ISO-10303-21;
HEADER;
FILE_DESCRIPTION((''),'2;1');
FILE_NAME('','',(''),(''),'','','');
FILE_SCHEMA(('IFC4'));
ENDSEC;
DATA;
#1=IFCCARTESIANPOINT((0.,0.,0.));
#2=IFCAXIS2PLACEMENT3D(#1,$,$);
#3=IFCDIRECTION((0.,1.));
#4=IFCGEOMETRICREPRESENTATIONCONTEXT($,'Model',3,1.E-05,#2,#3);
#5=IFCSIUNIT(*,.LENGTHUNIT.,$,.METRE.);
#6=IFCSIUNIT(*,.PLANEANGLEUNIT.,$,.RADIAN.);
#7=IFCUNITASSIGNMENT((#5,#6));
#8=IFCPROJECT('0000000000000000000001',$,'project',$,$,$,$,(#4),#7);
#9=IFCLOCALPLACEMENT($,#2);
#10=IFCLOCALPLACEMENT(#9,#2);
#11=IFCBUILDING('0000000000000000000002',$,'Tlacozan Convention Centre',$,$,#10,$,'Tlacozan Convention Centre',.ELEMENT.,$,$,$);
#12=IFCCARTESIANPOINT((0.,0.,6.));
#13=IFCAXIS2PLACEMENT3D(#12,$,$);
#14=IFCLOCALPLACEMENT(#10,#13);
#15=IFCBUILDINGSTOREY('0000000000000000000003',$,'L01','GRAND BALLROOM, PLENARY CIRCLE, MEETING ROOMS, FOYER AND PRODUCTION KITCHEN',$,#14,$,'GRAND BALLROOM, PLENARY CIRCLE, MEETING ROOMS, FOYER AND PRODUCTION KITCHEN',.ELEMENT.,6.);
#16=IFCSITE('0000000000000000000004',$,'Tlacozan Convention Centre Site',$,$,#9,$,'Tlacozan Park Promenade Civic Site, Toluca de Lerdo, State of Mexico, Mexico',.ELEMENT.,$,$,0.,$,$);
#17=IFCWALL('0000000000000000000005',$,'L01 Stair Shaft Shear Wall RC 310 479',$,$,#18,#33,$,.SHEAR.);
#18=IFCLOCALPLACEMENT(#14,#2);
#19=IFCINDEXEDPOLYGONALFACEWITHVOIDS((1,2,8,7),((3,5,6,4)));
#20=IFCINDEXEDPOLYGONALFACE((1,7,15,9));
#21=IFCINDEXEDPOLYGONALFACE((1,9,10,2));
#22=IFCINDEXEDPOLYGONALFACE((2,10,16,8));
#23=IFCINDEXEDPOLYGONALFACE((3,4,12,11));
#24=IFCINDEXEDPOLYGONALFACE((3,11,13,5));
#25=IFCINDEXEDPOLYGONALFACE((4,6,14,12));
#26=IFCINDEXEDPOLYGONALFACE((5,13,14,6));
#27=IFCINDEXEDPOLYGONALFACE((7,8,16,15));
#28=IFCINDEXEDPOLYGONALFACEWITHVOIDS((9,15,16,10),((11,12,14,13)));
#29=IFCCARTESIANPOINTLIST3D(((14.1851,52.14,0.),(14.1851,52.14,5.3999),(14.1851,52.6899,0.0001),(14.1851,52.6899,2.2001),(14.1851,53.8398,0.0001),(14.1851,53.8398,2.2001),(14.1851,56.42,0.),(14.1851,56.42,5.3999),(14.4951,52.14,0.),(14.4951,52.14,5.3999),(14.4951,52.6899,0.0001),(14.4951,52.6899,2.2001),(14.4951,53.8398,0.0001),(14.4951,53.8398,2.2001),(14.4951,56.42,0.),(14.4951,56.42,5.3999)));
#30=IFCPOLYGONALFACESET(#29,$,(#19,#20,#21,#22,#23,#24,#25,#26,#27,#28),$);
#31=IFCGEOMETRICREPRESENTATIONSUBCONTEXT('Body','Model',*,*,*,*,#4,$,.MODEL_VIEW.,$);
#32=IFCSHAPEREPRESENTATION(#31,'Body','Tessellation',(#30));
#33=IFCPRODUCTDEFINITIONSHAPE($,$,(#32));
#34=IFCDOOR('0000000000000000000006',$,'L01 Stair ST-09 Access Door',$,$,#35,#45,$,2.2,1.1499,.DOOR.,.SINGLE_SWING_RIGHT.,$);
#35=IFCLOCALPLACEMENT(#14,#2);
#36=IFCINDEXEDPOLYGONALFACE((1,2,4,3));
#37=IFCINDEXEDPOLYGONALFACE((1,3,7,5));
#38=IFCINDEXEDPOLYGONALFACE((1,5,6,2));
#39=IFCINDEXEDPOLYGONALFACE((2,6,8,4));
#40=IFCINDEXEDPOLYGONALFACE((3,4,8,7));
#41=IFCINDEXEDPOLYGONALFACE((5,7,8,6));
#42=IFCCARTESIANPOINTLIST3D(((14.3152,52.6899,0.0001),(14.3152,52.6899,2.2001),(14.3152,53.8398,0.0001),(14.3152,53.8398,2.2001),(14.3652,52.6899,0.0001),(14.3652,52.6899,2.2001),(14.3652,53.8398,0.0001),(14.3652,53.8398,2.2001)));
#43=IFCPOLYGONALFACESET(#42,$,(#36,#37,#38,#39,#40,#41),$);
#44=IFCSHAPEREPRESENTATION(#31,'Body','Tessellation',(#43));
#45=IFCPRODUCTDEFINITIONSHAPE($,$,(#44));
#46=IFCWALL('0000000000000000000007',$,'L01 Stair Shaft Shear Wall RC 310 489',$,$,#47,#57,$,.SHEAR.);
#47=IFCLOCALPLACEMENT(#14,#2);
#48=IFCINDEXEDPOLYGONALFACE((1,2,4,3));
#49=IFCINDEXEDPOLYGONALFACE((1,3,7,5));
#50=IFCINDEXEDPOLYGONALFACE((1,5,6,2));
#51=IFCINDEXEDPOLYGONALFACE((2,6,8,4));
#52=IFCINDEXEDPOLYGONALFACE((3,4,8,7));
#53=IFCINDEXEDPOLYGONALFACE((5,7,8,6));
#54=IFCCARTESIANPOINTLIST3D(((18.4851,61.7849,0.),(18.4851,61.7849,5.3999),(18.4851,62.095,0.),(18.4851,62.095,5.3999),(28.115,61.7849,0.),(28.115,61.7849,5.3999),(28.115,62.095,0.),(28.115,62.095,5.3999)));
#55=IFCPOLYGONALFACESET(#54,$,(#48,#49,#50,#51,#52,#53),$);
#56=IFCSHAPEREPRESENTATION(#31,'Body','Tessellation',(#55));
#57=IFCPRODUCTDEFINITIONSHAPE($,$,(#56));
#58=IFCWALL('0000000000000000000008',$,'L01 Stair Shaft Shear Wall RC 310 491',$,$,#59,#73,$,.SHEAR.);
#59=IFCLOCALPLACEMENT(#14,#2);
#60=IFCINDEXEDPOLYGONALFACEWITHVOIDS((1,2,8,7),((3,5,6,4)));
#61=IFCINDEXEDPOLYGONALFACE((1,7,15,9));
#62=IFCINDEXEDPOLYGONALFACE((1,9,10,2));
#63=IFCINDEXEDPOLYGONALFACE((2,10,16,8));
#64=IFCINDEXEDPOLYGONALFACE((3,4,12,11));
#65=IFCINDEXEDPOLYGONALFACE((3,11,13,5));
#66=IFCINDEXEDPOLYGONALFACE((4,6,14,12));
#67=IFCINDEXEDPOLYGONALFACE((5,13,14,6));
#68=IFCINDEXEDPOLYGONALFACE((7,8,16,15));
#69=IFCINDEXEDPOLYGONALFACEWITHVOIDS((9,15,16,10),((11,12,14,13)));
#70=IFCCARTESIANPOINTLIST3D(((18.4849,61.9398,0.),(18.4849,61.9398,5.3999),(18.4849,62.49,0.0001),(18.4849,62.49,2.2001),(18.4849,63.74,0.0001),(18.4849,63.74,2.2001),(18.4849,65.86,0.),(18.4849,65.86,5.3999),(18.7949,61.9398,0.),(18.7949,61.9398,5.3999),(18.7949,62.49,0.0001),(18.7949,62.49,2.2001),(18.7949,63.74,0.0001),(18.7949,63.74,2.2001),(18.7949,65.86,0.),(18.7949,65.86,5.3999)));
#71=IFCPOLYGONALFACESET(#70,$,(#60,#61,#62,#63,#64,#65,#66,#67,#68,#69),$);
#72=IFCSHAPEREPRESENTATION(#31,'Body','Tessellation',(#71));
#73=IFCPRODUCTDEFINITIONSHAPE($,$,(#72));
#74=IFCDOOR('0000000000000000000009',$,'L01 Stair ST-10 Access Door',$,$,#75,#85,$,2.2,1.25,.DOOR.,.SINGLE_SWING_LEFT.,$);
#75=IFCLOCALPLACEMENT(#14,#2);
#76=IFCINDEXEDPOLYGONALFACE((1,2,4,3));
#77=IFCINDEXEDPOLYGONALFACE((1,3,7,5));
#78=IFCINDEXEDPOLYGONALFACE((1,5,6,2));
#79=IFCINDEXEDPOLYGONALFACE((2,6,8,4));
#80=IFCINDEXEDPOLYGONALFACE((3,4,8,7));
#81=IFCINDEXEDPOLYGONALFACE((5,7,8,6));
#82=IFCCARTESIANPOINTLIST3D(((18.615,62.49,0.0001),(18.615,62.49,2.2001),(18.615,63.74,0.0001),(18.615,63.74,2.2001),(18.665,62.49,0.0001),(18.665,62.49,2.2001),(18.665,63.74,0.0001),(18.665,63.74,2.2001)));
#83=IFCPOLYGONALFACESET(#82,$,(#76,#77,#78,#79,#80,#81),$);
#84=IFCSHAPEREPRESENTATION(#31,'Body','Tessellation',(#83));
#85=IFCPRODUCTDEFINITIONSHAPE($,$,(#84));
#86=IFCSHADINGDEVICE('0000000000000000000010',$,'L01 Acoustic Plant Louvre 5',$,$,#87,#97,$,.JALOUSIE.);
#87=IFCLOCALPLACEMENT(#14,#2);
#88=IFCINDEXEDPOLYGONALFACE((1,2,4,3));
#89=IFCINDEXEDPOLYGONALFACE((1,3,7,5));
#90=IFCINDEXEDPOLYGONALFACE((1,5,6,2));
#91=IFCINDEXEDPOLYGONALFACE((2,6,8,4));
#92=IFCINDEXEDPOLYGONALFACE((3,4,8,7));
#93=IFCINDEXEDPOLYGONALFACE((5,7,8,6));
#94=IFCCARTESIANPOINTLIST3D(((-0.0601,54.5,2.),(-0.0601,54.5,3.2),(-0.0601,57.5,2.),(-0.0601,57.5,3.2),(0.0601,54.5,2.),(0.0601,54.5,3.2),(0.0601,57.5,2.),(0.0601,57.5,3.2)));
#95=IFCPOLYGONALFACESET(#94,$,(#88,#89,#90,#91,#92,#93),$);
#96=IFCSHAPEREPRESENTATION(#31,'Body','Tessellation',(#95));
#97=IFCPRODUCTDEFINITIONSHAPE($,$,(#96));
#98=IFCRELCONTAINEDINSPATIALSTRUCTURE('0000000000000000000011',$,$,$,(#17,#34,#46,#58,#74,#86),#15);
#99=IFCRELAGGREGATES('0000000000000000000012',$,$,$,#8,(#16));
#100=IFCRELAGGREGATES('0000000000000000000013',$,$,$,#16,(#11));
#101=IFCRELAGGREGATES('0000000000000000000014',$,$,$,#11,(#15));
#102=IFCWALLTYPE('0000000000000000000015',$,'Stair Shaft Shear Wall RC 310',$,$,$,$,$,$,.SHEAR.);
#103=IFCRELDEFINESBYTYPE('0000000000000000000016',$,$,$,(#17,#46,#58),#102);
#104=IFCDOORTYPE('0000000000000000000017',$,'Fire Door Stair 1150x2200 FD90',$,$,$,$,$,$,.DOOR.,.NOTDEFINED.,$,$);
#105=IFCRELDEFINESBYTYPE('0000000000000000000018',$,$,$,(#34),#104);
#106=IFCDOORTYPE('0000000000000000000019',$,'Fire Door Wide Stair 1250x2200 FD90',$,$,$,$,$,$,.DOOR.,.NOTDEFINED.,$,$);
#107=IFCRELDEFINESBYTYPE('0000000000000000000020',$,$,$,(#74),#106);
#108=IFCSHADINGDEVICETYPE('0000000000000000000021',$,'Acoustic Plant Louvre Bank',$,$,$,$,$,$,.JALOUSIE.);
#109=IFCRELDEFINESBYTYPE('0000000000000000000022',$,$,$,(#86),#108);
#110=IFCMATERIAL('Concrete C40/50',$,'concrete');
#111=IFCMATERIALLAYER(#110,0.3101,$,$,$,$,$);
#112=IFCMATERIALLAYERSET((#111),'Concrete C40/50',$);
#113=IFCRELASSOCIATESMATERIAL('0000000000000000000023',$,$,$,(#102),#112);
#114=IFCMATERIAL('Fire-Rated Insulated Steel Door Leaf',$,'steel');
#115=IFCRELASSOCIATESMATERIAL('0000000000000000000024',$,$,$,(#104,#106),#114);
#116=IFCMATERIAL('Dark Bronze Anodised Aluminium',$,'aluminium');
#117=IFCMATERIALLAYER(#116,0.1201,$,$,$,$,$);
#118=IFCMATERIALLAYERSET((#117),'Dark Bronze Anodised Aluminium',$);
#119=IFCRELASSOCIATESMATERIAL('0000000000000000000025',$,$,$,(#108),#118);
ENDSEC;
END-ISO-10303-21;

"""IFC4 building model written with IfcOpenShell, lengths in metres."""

from ifc_helpers import new_model, si_unit, direction, frame, frame_2d, origin, origin_2d, place, context, subcontext, project, spatial, rectangle, extrude, material, layer, layer_set, type_object, element, fill, save


model = new_model("IFC4")

# Units and contexts
model_context = context("Model", 3, precision=1e-05, world=origin(), true_north=direction((0.0, 1.0)))
body_context = subcontext(model_context, "Body", "Model", "MODEL_VIEW")
ifc_project = project(units=[si_unit("LENGTHUNIT", "METRE"), si_unit("PLANEANGLEUNIT", "RADIAN")], contexts=[model_context])

# Site, building, storey
site_placement = place(None, origin())
site = spatial("IfcSite", under=ifc_project, at=site_placement, Name="Tlacozan Convention Centre Site", LongName="Tlacozan Park Promenade Civic Site, Toluca de Lerdo, State of Mexico, Mexico", CompositionType="ELEMENT", RefElevation=0.0)
building_placement = place(site_placement, origin())
building = spatial("IfcBuilding", under=site, at=building_placement, Name="Tlacozan Convention Centre", LongName="Tlacozan Convention Centre", CompositionType="ELEMENT")
storey_placement = place(building_placement, frame((0.0, 0.0, 6.0)))
storey = spatial("IfcBuildingStorey", under=building, at=storey_placement, Name="L01", Description="GRAND BALLROOM, PLENARY CIRCLE, MEETING ROOMS, FOYER AND PRODUCTION KITCHEN", LongName="GRAND BALLROOM, PLENARY CIRCLE, MEETING ROOMS, FOYER AND PRODUCTION KITCHEN", CompositionType="ELEMENT", Elevation=6.0)

# Shared definitions
ifc_material_1 = material(Name="Concrete C40/50", Category="concrete")
ifc_layer_1 = layer(ifc_material_1, 0.3101)
ifc_layer_set_1 = layer_set([ifc_layer_1], Name="Concrete C40/50")
wall_type = type_object("IfcWallType", Name="Stair Shaft Shear Wall RC 310", PredefinedType="SHEAR", material=ifc_layer_set_1)

# Wall, opening, door
wall_1_placement = place(storey_placement, frame((14.3401, 52.1399, 0.0), z_axis=(0.0, 0.0, 1.0), x_axis=(0.0, 1.0, 0.0)))
wall_1 = element("IfcWall", 1, at=wall_1_placement, inside=storey, type_object=wall_type, Name="L01 Stair Shaft Shear Wall RC 310 479", PredefinedType="SHEAR", context=body_context, shape_type="SweptSolid", body=[
    extrude(rectangle(XDim=4.28, YDim=0.3101, at=frame_2d((2.1401, 0.0))), origin(), (0.0, 0.0, 1.0), 5.3999),
])
opening_1_placement = place(wall_1_placement, frame((0.55, 0.0, 0.0)))
opening_1 = element("IfcOpeningElement", 2, at=opening_1_placement, cuts=wall_1, PredefinedType="OPENING", context=body_context, shape_type="SweptSolid", body=[
    extrude(rectangle(XDim=1.1499, YDim=2.2, at=frame_2d((0.575, 1.1001))), frame((0.0, 0.165, 0.0), z_axis=(0.0, -1.0, 0.0), x_axis=(1.0, 0.0, 0.0)), (0.0, 0.0, 1.0), 0.3301),
])
ifc_material_2 = material(Name="Fire-Rated Insulated Steel Door Leaf", Category="steel")
door_type_1 = type_object("IfcDoorType", Name="Fire Door Stair 1150x2200 FD90", OperationType="NOTDEFINED", PredefinedType="DOOR", material=ifc_material_2)
door_1_placement = place(opening_1_placement, origin())
door_1 = element("IfcDoor", 3, at=door_1_placement, inside=storey, type_object=door_type_1, Name="L01 Stair ST-09 Access Door", OperationType="SINGLE_SWING_RIGHT", OverallHeight=2.2, OverallWidth=1.1499, PredefinedType="DOOR", context=body_context, shape_type="SweptSolid", body=[
    extrude(rectangle(XDim=1.1499, YDim=2.2, at=frame_2d((0.575, 1.1001))), frame((0.0, 0.0249, 0.0), z_axis=(0.0, -1.0, 0.0), x_axis=(1.0, 0.0, 0.0)), (0.0, 0.0, 1.0), 0.05),
])
fill(opening_1, door_1)

# Wall
wall_2_placement = place(storey_placement, frame((18.4851, 61.9399, 0.0), z_axis=(0.0, 0.0, 1.0), x_axis=(1.0, 0.0, 0.0)))
element("IfcWall", 4, at=wall_2_placement, inside=storey, type_object=wall_type, Name="L01 Stair Shaft Shear Wall RC 310 489", PredefinedType="SHEAR", context=body_context, shape_type="SweptSolid", body=[
    extrude(rectangle(XDim=9.6299, YDim=0.3101, at=frame_2d((4.8149, 0.0))), origin(), (0.0, 0.0, 1.0), 5.3999),
])

# Wall, opening, door
wall_3_placement = place(storey_placement, frame((18.6399, 61.9399, 0.0), z_axis=(0.0, 0.0, 1.0), x_axis=(0.0, 1.0, 0.0)))
wall_3 = element("IfcWall", 5, at=wall_3_placement, inside=storey, type_object=wall_type, Name="L01 Stair Shaft Shear Wall RC 310 491", PredefinedType="SHEAR", context=body_context, shape_type="SweptSolid", body=[
    extrude(rectangle(XDim=3.9202, YDim=0.3101, at=frame_2d((1.96, 0.0))), origin(), (0.0, 0.0, 1.0), 5.3999),
])
opening_2_placement = place(wall_3_placement, frame((0.55, 0.0, 0.0)))
opening_2 = element("IfcOpeningElement", 6, at=opening_2_placement, cuts=wall_3, PredefinedType="OPENING", context=body_context, shape_type="SweptSolid", body=[
    extrude(rectangle(XDim=1.25, YDim=2.2, at=frame_2d((0.625, 1.1001))), frame((0.0, 0.165, 0.0), z_axis=(0.0, -1.0, 0.0), x_axis=(1.0, 0.0, 0.0)), (0.0, 0.0, 1.0), 0.3301),
])
door_type_2 = type_object("IfcDoorType", Name="Fire Door Wide Stair 1250x2200 FD90", OperationType="NOTDEFINED", PredefinedType="DOOR", material=ifc_material_2)
door_2_placement = place(opening_2_placement, origin())
door_2 = element("IfcDoor", 7, at=door_2_placement, inside=storey, type_object=door_type_2, Name="L01 Stair ST-10 Access Door", OperationType="SINGLE_SWING_LEFT", OverallHeight=2.2, OverallWidth=1.25, PredefinedType="DOOR", context=body_context, shape_type="SweptSolid", body=[
    extrude(rectangle(XDim=1.25, YDim=2.2, at=frame_2d((0.625, 1.1001))), frame((0.0, 0.0249, 0.0), z_axis=(0.0, -1.0, 0.0), x_axis=(1.0, 0.0, 0.0)), (0.0, 0.0, 1.0), 0.05),
])
fill(opening_2, door_2)

# Shading device
ifc_material_3 = material(Name="Dark Bronze Anodised Aluminium", Category="aluminium")
ifc_layer_2 = layer(ifc_material_3, 0.1201)
ifc_layer_set_2 = layer_set([ifc_layer_2], Name="Dark Bronze Anodised Aluminium")
shading_device_type = type_object("IfcShadingDeviceType", Name="Acoustic Plant Louvre Bank", PredefinedType="JALOUSIE", material=ifc_layer_set_2)
shading_device_placement = place(storey_placement, frame((0.0, 56.0, 2.0), z_axis=(0.0, 0.0, 1.0), x_axis=(0.0, 1.0, 0.0)))
element("IfcShadingDevice", 8, at=shading_device_placement, inside=storey, type_object=shading_device_type, Name="L01 Acoustic Plant Louvre 5", PredefinedType="JALOUSIE", context=body_context, shape_type="SweptSolid", body=[
    extrude(rectangle(XDim=3.0, YDim=0.1201, at=origin_2d()), origin(), (0.0, 0.0, 1.0), 1.2),
])

save(model, "model.ifc")
